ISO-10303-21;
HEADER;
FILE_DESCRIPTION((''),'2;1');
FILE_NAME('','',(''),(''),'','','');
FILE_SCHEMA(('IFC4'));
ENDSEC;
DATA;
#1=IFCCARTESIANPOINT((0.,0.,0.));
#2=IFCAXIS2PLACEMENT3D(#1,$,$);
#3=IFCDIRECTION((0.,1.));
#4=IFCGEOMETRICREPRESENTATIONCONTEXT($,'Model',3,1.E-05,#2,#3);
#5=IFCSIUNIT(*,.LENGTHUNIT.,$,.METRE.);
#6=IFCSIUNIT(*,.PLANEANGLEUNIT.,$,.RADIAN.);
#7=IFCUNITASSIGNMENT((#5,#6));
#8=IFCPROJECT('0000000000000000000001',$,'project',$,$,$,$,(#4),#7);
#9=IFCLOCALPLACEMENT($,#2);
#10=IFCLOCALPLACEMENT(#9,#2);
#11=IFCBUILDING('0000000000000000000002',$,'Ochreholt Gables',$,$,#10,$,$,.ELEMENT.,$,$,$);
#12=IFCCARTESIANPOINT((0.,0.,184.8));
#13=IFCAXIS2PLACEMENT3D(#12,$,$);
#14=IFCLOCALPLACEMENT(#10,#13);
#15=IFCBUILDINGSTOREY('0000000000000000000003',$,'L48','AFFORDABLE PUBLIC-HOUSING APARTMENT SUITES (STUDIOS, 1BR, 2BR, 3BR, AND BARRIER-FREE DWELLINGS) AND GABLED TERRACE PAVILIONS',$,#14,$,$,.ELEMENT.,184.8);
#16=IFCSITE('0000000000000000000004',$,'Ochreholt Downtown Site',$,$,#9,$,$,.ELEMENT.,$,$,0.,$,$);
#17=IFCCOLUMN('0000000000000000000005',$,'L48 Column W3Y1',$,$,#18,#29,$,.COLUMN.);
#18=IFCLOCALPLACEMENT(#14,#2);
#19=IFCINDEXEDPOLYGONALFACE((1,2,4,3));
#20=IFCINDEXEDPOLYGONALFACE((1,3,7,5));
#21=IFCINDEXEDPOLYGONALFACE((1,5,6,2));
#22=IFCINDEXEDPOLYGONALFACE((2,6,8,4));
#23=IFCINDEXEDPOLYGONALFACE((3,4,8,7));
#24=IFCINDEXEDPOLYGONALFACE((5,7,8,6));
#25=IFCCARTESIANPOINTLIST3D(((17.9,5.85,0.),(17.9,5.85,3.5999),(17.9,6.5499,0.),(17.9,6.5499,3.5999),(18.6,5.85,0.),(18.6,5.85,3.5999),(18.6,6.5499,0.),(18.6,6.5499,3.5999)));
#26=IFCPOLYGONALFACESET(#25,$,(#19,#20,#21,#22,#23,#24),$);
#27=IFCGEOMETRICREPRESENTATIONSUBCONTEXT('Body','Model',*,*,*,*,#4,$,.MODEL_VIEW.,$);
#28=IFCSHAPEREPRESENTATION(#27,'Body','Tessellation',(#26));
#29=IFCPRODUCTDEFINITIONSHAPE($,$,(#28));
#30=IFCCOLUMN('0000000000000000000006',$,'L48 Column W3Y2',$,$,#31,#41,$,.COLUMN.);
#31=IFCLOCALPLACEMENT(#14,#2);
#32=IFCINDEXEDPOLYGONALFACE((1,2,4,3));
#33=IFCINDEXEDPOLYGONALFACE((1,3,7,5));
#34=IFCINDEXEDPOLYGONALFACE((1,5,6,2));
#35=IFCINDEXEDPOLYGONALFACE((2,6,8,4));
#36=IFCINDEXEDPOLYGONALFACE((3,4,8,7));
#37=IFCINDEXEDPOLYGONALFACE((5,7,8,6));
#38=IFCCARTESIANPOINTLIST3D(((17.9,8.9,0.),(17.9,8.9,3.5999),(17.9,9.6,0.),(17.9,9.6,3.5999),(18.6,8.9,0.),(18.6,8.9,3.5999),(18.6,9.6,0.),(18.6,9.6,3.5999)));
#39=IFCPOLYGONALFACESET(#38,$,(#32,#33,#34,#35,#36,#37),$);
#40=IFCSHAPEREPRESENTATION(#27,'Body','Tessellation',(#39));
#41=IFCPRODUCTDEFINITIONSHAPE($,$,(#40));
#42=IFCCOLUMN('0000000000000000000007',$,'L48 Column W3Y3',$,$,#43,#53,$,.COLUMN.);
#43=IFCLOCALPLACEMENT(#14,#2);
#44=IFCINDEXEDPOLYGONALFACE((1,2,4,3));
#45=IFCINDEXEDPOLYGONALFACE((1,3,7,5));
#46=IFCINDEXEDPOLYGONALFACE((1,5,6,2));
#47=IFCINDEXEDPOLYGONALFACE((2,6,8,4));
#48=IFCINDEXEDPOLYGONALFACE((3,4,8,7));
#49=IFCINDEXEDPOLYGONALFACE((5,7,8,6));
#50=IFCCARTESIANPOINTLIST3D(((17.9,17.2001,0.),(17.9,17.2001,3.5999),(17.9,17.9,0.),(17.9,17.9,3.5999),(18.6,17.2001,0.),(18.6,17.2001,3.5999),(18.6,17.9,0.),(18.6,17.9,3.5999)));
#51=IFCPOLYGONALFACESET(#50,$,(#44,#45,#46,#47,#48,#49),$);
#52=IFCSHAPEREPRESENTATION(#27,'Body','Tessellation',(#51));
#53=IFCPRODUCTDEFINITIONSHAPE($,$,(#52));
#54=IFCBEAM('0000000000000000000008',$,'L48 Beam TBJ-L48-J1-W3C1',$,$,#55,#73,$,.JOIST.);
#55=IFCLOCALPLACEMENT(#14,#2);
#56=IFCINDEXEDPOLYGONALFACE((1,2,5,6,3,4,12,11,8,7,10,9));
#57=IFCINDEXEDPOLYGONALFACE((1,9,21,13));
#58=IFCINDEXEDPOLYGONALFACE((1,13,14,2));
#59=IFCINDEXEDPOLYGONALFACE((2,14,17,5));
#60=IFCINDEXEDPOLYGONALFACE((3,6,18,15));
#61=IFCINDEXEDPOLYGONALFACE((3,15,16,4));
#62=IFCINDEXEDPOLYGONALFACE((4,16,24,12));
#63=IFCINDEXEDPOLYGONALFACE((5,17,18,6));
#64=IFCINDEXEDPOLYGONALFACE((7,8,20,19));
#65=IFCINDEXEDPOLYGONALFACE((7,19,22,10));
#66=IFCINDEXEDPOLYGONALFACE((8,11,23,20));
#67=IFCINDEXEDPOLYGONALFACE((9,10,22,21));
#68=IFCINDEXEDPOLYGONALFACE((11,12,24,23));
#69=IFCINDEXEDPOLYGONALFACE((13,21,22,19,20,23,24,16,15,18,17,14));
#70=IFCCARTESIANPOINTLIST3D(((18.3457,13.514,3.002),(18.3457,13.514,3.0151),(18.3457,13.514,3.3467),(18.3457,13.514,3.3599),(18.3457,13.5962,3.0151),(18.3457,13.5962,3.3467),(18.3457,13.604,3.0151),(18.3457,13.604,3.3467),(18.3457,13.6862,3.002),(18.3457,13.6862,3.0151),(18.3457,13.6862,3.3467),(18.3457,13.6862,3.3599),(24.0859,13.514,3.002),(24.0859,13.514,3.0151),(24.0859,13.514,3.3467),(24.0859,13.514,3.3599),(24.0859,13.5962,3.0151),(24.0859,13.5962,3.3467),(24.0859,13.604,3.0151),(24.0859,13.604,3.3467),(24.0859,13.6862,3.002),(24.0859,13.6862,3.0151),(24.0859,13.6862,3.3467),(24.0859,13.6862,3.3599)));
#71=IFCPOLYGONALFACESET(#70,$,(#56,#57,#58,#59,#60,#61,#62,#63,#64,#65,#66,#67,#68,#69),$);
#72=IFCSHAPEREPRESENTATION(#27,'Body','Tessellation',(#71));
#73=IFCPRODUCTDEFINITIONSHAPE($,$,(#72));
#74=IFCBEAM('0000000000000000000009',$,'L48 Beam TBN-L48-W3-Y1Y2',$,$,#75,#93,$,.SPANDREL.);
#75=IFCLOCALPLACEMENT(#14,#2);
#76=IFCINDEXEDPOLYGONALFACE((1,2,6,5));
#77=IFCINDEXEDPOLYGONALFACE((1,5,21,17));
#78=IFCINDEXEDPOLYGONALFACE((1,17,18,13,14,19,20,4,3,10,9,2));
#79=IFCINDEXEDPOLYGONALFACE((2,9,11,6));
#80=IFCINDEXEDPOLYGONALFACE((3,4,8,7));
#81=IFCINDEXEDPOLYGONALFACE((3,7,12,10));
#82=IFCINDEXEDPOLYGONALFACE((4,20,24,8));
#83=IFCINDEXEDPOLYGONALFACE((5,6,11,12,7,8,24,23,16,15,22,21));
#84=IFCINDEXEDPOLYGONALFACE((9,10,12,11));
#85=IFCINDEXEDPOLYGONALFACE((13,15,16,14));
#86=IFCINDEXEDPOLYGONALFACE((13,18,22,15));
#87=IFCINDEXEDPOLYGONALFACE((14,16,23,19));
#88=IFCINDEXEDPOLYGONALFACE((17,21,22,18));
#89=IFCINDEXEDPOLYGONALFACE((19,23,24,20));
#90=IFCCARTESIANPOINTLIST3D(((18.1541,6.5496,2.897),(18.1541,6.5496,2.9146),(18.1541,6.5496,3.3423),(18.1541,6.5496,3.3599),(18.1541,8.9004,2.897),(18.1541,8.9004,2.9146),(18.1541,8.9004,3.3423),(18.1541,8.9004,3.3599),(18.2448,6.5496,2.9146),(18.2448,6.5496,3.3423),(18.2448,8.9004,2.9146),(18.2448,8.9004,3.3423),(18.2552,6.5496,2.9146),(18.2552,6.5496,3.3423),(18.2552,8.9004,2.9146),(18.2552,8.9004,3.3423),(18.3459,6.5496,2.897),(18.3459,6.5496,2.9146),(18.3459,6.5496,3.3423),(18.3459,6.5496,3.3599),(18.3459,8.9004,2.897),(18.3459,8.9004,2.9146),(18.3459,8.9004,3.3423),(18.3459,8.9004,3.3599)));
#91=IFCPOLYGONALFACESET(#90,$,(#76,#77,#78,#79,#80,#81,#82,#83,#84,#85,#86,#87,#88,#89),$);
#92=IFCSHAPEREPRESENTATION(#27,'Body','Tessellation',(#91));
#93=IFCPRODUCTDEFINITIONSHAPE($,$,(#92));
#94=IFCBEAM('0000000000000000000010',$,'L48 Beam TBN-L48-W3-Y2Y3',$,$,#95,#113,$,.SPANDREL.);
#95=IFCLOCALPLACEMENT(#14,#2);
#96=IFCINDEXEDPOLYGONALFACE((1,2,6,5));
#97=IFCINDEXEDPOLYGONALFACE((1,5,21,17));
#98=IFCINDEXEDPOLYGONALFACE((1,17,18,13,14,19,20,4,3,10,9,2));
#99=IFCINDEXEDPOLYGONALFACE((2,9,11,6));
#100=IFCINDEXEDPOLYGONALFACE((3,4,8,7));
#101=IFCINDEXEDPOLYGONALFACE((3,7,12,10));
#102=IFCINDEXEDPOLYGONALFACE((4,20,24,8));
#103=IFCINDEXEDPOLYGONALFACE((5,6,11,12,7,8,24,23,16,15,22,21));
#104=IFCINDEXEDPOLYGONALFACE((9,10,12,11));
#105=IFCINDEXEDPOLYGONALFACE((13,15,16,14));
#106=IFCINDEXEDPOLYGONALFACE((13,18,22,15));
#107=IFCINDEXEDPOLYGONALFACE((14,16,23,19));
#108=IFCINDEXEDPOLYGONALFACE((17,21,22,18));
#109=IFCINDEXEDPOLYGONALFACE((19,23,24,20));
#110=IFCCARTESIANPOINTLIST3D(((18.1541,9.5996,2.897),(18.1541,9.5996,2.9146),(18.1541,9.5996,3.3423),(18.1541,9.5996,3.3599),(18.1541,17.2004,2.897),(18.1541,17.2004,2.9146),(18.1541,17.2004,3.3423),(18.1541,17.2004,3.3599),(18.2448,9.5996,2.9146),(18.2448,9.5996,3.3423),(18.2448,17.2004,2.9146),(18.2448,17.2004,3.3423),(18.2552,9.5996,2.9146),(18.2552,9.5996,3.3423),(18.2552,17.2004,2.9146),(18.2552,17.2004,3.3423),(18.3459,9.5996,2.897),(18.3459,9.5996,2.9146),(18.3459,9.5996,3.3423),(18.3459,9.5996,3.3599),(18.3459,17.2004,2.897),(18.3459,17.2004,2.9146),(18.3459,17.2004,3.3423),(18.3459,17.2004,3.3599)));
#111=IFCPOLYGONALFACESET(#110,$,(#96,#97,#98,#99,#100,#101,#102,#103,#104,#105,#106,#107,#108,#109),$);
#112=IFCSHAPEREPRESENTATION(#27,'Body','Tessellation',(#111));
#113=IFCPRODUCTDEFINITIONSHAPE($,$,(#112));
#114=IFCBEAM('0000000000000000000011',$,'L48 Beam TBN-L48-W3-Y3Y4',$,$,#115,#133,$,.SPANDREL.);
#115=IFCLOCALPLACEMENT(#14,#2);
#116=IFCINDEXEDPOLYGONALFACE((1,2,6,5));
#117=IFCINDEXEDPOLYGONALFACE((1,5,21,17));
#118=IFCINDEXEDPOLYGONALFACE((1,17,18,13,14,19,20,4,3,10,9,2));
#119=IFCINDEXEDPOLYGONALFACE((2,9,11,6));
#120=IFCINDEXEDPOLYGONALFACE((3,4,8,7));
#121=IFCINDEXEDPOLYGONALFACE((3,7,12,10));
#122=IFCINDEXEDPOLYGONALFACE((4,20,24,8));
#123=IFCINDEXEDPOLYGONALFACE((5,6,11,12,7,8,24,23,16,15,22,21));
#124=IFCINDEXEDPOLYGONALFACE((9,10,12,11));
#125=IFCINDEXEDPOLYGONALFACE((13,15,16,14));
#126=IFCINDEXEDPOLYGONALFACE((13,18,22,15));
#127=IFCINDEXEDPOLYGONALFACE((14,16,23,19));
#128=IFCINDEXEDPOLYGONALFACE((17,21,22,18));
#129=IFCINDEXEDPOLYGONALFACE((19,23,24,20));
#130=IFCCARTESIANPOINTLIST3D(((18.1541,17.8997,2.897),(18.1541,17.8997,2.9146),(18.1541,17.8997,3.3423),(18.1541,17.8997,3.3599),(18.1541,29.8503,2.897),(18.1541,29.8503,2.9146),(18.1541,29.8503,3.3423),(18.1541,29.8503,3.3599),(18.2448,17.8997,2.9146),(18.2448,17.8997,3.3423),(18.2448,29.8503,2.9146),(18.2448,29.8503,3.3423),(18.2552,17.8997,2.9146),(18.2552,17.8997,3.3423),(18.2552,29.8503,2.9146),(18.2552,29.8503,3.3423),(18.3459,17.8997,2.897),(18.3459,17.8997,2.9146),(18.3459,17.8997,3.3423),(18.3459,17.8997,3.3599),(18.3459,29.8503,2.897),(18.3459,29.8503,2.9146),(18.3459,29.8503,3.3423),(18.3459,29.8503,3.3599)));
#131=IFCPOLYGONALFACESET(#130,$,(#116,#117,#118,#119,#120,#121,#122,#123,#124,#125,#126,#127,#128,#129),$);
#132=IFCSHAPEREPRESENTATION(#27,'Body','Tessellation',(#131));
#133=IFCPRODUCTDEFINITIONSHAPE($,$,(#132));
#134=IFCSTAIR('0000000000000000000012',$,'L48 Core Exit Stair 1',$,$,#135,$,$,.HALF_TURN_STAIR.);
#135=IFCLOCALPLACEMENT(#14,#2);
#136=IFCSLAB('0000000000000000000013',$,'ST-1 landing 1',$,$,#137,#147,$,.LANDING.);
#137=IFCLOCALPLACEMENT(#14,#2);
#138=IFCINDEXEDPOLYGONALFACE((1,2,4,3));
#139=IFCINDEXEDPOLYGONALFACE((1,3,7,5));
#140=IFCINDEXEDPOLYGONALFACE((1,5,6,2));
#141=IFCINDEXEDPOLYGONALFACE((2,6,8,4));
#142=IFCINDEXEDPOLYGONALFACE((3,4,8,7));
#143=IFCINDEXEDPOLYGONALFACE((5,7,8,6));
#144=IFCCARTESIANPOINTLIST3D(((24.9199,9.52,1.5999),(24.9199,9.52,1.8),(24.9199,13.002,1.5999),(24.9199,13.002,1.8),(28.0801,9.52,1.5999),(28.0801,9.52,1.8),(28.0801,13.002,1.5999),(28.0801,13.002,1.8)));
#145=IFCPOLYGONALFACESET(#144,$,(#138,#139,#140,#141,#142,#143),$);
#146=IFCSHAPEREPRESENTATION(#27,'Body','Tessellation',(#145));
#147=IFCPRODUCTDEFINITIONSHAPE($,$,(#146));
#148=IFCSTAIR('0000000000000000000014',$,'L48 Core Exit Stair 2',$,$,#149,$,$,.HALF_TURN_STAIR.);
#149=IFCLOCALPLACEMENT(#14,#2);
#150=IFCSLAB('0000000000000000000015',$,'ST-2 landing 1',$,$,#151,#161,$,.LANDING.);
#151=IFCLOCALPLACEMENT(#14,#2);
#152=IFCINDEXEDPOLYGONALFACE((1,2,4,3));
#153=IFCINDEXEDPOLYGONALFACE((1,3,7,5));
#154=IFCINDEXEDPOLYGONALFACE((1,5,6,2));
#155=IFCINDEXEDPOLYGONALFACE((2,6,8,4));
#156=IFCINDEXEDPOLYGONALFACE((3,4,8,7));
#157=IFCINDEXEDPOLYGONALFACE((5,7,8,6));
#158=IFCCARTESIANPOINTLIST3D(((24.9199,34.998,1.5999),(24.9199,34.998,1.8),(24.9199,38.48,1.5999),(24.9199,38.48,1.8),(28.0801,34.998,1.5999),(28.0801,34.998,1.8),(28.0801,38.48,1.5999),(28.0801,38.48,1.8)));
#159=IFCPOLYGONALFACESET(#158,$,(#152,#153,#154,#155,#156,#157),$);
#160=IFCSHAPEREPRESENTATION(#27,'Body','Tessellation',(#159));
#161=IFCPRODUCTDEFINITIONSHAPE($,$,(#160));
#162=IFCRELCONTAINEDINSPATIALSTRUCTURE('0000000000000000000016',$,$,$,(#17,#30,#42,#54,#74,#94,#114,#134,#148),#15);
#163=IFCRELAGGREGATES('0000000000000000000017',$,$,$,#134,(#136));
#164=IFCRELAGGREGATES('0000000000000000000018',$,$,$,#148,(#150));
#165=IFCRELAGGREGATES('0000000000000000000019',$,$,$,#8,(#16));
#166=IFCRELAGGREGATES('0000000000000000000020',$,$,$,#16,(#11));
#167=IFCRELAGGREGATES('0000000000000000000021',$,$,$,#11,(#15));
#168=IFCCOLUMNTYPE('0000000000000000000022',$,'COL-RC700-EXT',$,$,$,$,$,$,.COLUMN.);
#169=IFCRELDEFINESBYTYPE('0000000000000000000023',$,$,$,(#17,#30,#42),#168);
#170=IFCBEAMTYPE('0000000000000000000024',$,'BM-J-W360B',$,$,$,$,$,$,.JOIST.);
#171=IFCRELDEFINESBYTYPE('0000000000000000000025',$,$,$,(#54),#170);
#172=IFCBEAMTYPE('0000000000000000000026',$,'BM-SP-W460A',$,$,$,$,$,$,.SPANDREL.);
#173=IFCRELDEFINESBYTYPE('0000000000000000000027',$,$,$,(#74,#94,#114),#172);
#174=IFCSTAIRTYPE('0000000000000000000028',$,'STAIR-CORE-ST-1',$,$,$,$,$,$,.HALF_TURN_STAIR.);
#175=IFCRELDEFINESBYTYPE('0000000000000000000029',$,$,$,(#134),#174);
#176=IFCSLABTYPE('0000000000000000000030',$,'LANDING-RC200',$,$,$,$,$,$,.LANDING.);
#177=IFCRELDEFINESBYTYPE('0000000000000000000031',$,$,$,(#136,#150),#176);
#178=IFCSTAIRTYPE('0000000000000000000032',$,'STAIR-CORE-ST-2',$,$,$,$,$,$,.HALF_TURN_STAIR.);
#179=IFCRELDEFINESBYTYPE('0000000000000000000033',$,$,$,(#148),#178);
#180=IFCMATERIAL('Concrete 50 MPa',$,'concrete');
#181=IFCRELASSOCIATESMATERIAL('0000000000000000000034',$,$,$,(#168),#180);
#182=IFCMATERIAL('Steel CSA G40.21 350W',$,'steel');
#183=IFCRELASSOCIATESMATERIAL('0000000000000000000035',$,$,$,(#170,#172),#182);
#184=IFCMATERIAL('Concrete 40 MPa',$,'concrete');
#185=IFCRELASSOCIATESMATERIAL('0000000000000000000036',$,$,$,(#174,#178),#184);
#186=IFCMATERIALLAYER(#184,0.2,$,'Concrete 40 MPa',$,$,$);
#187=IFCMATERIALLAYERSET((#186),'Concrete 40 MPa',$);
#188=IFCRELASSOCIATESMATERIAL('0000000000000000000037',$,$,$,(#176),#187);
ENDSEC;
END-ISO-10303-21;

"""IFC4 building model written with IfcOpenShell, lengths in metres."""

from ifc_helpers import new_model, si_unit, direction, frame, origin, origin_2d, place, context, subcontext, project, spatial, polyline, rectangle, i_section, outline, extrude, material, layer, layer_set, material_profile, profile_set, type_object, element, aggregate, save


model = new_model("IFC4")

# Units and contexts
model_context = context("Model", 3, precision=1e-05, world=origin(), true_north=direction((0.0, 1.0)))
body_context = subcontext(model_context, "Body", "Model", "MODEL_VIEW")
ifc_project = project(units=[si_unit("LENGTHUNIT", "METRE"), si_unit("PLANEANGLEUNIT", "RADIAN")], contexts=[model_context])

# Site, building, storey
site_placement = place(None, origin())
site = spatial("IfcSite", under=ifc_project, at=site_placement, Name="Ochreholt Downtown Site", CompositionType="ELEMENT", RefElevation=0.0)
building_placement = place(site_placement, origin())
building = spatial("IfcBuilding", under=site, at=building_placement, Name="Ochreholt Gables", CompositionType="ELEMENT")
storey_placement = place(building_placement, frame((0.0, 0.0, 184.8)))
storey = spatial("IfcBuildingStorey", under=building, at=storey_placement, Name="L48", Description="AFFORDABLE PUBLIC-HOUSING APARTMENT SUITES (STUDIOS, 1BR, 2BR, 3BR, AND BARRIER-FREE DWELLINGS) AND GABLED TERRACE PAVILIONS", CompositionType="ELEMENT", Elevation=184.8)

# Columns
ifc_material_1 = material(Name="Concrete 50 MPa", Category="concrete")
ifc_material_profile_1 = material_profile(ifc_material_1, rectangle(XDim=0.7, YDim=0.7, at=origin_2d()), Name="RC700X700")
ifc_profile_set_1 = profile_set([ifc_material_profile_1], Name="Concrete 50 MPa")
column_type = type_object("IfcColumnType", Name="COL-RC700-EXT", PredefinedType="COLUMN", material=ifc_profile_set_1)
for number, where, z_axis, x_axis, name in (
    (1, (18.25, 6.2, 0.0), (0.0, 0.0, 1.0), (1.0, 0.0, 0.0), "L48 Column W3Y1"),
    (2, (18.25, 9.25, 0.0), (0.0, 0.0, 1.0), (1.0, 0.0, 0.0), "L48 Column W3Y2"),
    (3, (18.25, 17.55, 0.0), (0.0, 0.0, 1.0), (1.0, 0.0, 0.0), "L48 Column W3Y3"),
):
    element("IfcColumn", number, at=place(storey_placement, frame(where, z_axis=z_axis, x_axis=x_axis)), inside=storey, type_object=column_type, Name=name, PredefinedType="COLUMN", context=body_context, shape_type="SweptSolid", body=[
        extrude(rectangle(XDim=0.7, YDim=0.7, at=origin_2d()), origin(), (0.0, 0.0, 1.0), 3.5999),
    ])

# Beams
ifc_material_2 = material(Name="Steel CSA G40.21 350W", Category="steel")
ifc_material_profile_2 = material_profile(ifc_material_2, i_section(OverallWidth=0.1721, OverallDepth=0.3579, WebThickness=0.0078, FlangeThickness=0.0132, at=origin_2d()), Name="W360X57")
ifc_profile_set_2 = profile_set([ifc_material_profile_2], Name="Steel CSA G40.21 350W")
beam_type_1 = type_object("IfcBeamType", Name="BM-J-W360B", PredefinedType="JOIST", material=ifc_profile_set_2)
beam_1_placement = place(storey_placement, frame((18.3457, 13.6001, 3.1809), z_axis=(1.0, 0.0, 0.0), x_axis=(0.0, 1.0, 0.0)))
element("IfcBeam", 4, at=beam_1_placement, inside=storey, type_object=beam_type_1, Name="L48 Beam TBJ-L48-J1-W3C1", PredefinedType="JOIST", context=body_context, shape_type="SweptSolid", body=[
    extrude(i_section(OverallWidth=0.1721, OverallDepth=0.3579, WebThickness=0.0078, FlangeThickness=0.0132, at=origin_2d()), origin(), (0.0, 0.0, 1.0), 5.7402),
])
ifc_material_profile_3 = material_profile(ifc_material_2, i_section(OverallWidth=0.1919, OverallDepth=0.4629, WebThickness=0.0105, FlangeThickness=0.0176, at=origin_2d()), Name="W460X89")
ifc_profile_set_3 = profile_set([ifc_material_profile_3], Name="Steel CSA G40.21 350W")
beam_type_2 = type_object("IfcBeamType", Name="BM-SP-W460A", PredefinedType="SPANDREL", material=ifc_profile_set_3)
beam_2_placement = place(storey_placement, frame((18.25, 6.5496, 3.1284), z_axis=(0.0, 1.0, 0.0), x_axis=(-1.0, 0.0, 0.0)))
element("IfcBeam", 5, at=beam_2_placement, inside=storey, type_object=beam_type_2, Name="L48 Beam TBN-L48-W3-Y1Y2", PredefinedType="SPANDREL", context=body_context, shape_type="SweptSolid", body=[
    extrude(i_section(OverallWidth=0.1919, OverallDepth=0.4629, WebThickness=0.0105, FlangeThickness=0.0176, at=origin_2d()), origin(), (0.0, 0.0, 1.0), 2.3508),
])
beam_3_placement = place(storey_placement, frame((18.25, 9.5996, 3.1284), z_axis=(0.0, 1.0, 0.0), x_axis=(-1.0, 0.0, 0.0)))
element("IfcBeam", 6, at=beam_3_placement, inside=storey, type_object=beam_type_2, Name="L48 Beam TBN-L48-W3-Y2Y3", PredefinedType="SPANDREL", context=body_context, shape_type="SweptSolid", body=[
    extrude(i_section(OverallWidth=0.1919, OverallDepth=0.4629, WebThickness=0.0105, FlangeThickness=0.0176, at=origin_2d()), origin(), (0.0, 0.0, 1.0), 7.6008),
])
beam_4_placement = place(storey_placement, frame((18.25, 17.8997, 3.1284), z_axis=(0.0, 1.0, 0.0), x_axis=(-1.0, 0.0, 0.0)))
element("IfcBeam", 7, at=beam_4_placement, inside=storey, type_object=beam_type_2, Name="L48 Beam TBN-L48-W3-Y3Y4", PredefinedType="SPANDREL", context=body_context, shape_type="SweptSolid", body=[
    extrude(i_section(OverallWidth=0.1919, OverallDepth=0.4629, WebThickness=0.0105, FlangeThickness=0.0176, at=origin_2d()), origin(), (0.0, 0.0, 1.0), 11.9507),
])

# Stairs, slabs
ifc_material_3 = material(Name="Concrete 40 MPa", Category="concrete")
stair_type_1 = type_object("IfcStairType", Name="STAIR-CORE-ST-1", PredefinedType="HALF_TURN_STAIR", material=ifc_material_3)
stair_1_placement = place(storey_placement, origin())
stair_1 = element("IfcStair", 8, at=stair_1_placement, inside=storey, type_object=stair_type_1, Name="L48 Core Exit Stair 1", PredefinedType="HALF_TURN_STAIR")
ifc_layer_1 = layer(ifc_material_3, 0.2, Name="Concrete 40 MPa")
ifc_layer_set_1 = layer_set([ifc_layer_1], Name="Concrete 40 MPa")
slab_type_1 = type_object("IfcSlabType", Name="LANDING-RC200", PredefinedType="LANDING", material=ifc_layer_set_1)
slab_1_placement = place(storey_placement, frame((0.0, 0.0, 1.5999)))
slab_1 = element("IfcSlab", 9, at=slab_1_placement, type_object=slab_type_1, Name="ST-1 landing 1", PredefinedType="LANDING", context=body_context, shape_type="SweptSolid", body=[
    extrude(outline(polyline([(24.9199, 13.002), (24.9199, 9.52), (28.0801, 9.52), (28.0801, 13.002), (24.9199, 13.002)])), origin(), (0.0, 0.0, 1.0), 0.2002),
])
aggregate(stair_1, [slab_1])
stair_type_2 = type_object("IfcStairType", Name="STAIR-CORE-ST-2", PredefinedType="HALF_TURN_STAIR", material=ifc_material_3)
stair_2_placement = place(storey_placement, origin())
stair_2 = element("IfcStair", 10, at=stair_2_placement, inside=storey, type_object=stair_type_2, Name="L48 Core Exit Stair 2", PredefinedType="HALF_TURN_STAIR")
slab_2_placement = place(storey_placement, frame((0.0, 0.0, 1.5999)))
slab_2 = element("IfcSlab", 11, at=slab_2_placement, type_object=slab_type_1, Name="ST-2 landing 1", PredefinedType="LANDING", context=body_context, shape_type="SweptSolid", body=[
    extrude(outline(polyline([(28.0801, 34.998), (28.0801, 38.48), (24.9199, 38.48), (24.9199, 34.998), (28.0801, 34.998)])), origin(), (0.0, 0.0, 1.0), 0.2002),
])
aggregate(stair_2, [slab_2])

save(model, "model.ifc")
